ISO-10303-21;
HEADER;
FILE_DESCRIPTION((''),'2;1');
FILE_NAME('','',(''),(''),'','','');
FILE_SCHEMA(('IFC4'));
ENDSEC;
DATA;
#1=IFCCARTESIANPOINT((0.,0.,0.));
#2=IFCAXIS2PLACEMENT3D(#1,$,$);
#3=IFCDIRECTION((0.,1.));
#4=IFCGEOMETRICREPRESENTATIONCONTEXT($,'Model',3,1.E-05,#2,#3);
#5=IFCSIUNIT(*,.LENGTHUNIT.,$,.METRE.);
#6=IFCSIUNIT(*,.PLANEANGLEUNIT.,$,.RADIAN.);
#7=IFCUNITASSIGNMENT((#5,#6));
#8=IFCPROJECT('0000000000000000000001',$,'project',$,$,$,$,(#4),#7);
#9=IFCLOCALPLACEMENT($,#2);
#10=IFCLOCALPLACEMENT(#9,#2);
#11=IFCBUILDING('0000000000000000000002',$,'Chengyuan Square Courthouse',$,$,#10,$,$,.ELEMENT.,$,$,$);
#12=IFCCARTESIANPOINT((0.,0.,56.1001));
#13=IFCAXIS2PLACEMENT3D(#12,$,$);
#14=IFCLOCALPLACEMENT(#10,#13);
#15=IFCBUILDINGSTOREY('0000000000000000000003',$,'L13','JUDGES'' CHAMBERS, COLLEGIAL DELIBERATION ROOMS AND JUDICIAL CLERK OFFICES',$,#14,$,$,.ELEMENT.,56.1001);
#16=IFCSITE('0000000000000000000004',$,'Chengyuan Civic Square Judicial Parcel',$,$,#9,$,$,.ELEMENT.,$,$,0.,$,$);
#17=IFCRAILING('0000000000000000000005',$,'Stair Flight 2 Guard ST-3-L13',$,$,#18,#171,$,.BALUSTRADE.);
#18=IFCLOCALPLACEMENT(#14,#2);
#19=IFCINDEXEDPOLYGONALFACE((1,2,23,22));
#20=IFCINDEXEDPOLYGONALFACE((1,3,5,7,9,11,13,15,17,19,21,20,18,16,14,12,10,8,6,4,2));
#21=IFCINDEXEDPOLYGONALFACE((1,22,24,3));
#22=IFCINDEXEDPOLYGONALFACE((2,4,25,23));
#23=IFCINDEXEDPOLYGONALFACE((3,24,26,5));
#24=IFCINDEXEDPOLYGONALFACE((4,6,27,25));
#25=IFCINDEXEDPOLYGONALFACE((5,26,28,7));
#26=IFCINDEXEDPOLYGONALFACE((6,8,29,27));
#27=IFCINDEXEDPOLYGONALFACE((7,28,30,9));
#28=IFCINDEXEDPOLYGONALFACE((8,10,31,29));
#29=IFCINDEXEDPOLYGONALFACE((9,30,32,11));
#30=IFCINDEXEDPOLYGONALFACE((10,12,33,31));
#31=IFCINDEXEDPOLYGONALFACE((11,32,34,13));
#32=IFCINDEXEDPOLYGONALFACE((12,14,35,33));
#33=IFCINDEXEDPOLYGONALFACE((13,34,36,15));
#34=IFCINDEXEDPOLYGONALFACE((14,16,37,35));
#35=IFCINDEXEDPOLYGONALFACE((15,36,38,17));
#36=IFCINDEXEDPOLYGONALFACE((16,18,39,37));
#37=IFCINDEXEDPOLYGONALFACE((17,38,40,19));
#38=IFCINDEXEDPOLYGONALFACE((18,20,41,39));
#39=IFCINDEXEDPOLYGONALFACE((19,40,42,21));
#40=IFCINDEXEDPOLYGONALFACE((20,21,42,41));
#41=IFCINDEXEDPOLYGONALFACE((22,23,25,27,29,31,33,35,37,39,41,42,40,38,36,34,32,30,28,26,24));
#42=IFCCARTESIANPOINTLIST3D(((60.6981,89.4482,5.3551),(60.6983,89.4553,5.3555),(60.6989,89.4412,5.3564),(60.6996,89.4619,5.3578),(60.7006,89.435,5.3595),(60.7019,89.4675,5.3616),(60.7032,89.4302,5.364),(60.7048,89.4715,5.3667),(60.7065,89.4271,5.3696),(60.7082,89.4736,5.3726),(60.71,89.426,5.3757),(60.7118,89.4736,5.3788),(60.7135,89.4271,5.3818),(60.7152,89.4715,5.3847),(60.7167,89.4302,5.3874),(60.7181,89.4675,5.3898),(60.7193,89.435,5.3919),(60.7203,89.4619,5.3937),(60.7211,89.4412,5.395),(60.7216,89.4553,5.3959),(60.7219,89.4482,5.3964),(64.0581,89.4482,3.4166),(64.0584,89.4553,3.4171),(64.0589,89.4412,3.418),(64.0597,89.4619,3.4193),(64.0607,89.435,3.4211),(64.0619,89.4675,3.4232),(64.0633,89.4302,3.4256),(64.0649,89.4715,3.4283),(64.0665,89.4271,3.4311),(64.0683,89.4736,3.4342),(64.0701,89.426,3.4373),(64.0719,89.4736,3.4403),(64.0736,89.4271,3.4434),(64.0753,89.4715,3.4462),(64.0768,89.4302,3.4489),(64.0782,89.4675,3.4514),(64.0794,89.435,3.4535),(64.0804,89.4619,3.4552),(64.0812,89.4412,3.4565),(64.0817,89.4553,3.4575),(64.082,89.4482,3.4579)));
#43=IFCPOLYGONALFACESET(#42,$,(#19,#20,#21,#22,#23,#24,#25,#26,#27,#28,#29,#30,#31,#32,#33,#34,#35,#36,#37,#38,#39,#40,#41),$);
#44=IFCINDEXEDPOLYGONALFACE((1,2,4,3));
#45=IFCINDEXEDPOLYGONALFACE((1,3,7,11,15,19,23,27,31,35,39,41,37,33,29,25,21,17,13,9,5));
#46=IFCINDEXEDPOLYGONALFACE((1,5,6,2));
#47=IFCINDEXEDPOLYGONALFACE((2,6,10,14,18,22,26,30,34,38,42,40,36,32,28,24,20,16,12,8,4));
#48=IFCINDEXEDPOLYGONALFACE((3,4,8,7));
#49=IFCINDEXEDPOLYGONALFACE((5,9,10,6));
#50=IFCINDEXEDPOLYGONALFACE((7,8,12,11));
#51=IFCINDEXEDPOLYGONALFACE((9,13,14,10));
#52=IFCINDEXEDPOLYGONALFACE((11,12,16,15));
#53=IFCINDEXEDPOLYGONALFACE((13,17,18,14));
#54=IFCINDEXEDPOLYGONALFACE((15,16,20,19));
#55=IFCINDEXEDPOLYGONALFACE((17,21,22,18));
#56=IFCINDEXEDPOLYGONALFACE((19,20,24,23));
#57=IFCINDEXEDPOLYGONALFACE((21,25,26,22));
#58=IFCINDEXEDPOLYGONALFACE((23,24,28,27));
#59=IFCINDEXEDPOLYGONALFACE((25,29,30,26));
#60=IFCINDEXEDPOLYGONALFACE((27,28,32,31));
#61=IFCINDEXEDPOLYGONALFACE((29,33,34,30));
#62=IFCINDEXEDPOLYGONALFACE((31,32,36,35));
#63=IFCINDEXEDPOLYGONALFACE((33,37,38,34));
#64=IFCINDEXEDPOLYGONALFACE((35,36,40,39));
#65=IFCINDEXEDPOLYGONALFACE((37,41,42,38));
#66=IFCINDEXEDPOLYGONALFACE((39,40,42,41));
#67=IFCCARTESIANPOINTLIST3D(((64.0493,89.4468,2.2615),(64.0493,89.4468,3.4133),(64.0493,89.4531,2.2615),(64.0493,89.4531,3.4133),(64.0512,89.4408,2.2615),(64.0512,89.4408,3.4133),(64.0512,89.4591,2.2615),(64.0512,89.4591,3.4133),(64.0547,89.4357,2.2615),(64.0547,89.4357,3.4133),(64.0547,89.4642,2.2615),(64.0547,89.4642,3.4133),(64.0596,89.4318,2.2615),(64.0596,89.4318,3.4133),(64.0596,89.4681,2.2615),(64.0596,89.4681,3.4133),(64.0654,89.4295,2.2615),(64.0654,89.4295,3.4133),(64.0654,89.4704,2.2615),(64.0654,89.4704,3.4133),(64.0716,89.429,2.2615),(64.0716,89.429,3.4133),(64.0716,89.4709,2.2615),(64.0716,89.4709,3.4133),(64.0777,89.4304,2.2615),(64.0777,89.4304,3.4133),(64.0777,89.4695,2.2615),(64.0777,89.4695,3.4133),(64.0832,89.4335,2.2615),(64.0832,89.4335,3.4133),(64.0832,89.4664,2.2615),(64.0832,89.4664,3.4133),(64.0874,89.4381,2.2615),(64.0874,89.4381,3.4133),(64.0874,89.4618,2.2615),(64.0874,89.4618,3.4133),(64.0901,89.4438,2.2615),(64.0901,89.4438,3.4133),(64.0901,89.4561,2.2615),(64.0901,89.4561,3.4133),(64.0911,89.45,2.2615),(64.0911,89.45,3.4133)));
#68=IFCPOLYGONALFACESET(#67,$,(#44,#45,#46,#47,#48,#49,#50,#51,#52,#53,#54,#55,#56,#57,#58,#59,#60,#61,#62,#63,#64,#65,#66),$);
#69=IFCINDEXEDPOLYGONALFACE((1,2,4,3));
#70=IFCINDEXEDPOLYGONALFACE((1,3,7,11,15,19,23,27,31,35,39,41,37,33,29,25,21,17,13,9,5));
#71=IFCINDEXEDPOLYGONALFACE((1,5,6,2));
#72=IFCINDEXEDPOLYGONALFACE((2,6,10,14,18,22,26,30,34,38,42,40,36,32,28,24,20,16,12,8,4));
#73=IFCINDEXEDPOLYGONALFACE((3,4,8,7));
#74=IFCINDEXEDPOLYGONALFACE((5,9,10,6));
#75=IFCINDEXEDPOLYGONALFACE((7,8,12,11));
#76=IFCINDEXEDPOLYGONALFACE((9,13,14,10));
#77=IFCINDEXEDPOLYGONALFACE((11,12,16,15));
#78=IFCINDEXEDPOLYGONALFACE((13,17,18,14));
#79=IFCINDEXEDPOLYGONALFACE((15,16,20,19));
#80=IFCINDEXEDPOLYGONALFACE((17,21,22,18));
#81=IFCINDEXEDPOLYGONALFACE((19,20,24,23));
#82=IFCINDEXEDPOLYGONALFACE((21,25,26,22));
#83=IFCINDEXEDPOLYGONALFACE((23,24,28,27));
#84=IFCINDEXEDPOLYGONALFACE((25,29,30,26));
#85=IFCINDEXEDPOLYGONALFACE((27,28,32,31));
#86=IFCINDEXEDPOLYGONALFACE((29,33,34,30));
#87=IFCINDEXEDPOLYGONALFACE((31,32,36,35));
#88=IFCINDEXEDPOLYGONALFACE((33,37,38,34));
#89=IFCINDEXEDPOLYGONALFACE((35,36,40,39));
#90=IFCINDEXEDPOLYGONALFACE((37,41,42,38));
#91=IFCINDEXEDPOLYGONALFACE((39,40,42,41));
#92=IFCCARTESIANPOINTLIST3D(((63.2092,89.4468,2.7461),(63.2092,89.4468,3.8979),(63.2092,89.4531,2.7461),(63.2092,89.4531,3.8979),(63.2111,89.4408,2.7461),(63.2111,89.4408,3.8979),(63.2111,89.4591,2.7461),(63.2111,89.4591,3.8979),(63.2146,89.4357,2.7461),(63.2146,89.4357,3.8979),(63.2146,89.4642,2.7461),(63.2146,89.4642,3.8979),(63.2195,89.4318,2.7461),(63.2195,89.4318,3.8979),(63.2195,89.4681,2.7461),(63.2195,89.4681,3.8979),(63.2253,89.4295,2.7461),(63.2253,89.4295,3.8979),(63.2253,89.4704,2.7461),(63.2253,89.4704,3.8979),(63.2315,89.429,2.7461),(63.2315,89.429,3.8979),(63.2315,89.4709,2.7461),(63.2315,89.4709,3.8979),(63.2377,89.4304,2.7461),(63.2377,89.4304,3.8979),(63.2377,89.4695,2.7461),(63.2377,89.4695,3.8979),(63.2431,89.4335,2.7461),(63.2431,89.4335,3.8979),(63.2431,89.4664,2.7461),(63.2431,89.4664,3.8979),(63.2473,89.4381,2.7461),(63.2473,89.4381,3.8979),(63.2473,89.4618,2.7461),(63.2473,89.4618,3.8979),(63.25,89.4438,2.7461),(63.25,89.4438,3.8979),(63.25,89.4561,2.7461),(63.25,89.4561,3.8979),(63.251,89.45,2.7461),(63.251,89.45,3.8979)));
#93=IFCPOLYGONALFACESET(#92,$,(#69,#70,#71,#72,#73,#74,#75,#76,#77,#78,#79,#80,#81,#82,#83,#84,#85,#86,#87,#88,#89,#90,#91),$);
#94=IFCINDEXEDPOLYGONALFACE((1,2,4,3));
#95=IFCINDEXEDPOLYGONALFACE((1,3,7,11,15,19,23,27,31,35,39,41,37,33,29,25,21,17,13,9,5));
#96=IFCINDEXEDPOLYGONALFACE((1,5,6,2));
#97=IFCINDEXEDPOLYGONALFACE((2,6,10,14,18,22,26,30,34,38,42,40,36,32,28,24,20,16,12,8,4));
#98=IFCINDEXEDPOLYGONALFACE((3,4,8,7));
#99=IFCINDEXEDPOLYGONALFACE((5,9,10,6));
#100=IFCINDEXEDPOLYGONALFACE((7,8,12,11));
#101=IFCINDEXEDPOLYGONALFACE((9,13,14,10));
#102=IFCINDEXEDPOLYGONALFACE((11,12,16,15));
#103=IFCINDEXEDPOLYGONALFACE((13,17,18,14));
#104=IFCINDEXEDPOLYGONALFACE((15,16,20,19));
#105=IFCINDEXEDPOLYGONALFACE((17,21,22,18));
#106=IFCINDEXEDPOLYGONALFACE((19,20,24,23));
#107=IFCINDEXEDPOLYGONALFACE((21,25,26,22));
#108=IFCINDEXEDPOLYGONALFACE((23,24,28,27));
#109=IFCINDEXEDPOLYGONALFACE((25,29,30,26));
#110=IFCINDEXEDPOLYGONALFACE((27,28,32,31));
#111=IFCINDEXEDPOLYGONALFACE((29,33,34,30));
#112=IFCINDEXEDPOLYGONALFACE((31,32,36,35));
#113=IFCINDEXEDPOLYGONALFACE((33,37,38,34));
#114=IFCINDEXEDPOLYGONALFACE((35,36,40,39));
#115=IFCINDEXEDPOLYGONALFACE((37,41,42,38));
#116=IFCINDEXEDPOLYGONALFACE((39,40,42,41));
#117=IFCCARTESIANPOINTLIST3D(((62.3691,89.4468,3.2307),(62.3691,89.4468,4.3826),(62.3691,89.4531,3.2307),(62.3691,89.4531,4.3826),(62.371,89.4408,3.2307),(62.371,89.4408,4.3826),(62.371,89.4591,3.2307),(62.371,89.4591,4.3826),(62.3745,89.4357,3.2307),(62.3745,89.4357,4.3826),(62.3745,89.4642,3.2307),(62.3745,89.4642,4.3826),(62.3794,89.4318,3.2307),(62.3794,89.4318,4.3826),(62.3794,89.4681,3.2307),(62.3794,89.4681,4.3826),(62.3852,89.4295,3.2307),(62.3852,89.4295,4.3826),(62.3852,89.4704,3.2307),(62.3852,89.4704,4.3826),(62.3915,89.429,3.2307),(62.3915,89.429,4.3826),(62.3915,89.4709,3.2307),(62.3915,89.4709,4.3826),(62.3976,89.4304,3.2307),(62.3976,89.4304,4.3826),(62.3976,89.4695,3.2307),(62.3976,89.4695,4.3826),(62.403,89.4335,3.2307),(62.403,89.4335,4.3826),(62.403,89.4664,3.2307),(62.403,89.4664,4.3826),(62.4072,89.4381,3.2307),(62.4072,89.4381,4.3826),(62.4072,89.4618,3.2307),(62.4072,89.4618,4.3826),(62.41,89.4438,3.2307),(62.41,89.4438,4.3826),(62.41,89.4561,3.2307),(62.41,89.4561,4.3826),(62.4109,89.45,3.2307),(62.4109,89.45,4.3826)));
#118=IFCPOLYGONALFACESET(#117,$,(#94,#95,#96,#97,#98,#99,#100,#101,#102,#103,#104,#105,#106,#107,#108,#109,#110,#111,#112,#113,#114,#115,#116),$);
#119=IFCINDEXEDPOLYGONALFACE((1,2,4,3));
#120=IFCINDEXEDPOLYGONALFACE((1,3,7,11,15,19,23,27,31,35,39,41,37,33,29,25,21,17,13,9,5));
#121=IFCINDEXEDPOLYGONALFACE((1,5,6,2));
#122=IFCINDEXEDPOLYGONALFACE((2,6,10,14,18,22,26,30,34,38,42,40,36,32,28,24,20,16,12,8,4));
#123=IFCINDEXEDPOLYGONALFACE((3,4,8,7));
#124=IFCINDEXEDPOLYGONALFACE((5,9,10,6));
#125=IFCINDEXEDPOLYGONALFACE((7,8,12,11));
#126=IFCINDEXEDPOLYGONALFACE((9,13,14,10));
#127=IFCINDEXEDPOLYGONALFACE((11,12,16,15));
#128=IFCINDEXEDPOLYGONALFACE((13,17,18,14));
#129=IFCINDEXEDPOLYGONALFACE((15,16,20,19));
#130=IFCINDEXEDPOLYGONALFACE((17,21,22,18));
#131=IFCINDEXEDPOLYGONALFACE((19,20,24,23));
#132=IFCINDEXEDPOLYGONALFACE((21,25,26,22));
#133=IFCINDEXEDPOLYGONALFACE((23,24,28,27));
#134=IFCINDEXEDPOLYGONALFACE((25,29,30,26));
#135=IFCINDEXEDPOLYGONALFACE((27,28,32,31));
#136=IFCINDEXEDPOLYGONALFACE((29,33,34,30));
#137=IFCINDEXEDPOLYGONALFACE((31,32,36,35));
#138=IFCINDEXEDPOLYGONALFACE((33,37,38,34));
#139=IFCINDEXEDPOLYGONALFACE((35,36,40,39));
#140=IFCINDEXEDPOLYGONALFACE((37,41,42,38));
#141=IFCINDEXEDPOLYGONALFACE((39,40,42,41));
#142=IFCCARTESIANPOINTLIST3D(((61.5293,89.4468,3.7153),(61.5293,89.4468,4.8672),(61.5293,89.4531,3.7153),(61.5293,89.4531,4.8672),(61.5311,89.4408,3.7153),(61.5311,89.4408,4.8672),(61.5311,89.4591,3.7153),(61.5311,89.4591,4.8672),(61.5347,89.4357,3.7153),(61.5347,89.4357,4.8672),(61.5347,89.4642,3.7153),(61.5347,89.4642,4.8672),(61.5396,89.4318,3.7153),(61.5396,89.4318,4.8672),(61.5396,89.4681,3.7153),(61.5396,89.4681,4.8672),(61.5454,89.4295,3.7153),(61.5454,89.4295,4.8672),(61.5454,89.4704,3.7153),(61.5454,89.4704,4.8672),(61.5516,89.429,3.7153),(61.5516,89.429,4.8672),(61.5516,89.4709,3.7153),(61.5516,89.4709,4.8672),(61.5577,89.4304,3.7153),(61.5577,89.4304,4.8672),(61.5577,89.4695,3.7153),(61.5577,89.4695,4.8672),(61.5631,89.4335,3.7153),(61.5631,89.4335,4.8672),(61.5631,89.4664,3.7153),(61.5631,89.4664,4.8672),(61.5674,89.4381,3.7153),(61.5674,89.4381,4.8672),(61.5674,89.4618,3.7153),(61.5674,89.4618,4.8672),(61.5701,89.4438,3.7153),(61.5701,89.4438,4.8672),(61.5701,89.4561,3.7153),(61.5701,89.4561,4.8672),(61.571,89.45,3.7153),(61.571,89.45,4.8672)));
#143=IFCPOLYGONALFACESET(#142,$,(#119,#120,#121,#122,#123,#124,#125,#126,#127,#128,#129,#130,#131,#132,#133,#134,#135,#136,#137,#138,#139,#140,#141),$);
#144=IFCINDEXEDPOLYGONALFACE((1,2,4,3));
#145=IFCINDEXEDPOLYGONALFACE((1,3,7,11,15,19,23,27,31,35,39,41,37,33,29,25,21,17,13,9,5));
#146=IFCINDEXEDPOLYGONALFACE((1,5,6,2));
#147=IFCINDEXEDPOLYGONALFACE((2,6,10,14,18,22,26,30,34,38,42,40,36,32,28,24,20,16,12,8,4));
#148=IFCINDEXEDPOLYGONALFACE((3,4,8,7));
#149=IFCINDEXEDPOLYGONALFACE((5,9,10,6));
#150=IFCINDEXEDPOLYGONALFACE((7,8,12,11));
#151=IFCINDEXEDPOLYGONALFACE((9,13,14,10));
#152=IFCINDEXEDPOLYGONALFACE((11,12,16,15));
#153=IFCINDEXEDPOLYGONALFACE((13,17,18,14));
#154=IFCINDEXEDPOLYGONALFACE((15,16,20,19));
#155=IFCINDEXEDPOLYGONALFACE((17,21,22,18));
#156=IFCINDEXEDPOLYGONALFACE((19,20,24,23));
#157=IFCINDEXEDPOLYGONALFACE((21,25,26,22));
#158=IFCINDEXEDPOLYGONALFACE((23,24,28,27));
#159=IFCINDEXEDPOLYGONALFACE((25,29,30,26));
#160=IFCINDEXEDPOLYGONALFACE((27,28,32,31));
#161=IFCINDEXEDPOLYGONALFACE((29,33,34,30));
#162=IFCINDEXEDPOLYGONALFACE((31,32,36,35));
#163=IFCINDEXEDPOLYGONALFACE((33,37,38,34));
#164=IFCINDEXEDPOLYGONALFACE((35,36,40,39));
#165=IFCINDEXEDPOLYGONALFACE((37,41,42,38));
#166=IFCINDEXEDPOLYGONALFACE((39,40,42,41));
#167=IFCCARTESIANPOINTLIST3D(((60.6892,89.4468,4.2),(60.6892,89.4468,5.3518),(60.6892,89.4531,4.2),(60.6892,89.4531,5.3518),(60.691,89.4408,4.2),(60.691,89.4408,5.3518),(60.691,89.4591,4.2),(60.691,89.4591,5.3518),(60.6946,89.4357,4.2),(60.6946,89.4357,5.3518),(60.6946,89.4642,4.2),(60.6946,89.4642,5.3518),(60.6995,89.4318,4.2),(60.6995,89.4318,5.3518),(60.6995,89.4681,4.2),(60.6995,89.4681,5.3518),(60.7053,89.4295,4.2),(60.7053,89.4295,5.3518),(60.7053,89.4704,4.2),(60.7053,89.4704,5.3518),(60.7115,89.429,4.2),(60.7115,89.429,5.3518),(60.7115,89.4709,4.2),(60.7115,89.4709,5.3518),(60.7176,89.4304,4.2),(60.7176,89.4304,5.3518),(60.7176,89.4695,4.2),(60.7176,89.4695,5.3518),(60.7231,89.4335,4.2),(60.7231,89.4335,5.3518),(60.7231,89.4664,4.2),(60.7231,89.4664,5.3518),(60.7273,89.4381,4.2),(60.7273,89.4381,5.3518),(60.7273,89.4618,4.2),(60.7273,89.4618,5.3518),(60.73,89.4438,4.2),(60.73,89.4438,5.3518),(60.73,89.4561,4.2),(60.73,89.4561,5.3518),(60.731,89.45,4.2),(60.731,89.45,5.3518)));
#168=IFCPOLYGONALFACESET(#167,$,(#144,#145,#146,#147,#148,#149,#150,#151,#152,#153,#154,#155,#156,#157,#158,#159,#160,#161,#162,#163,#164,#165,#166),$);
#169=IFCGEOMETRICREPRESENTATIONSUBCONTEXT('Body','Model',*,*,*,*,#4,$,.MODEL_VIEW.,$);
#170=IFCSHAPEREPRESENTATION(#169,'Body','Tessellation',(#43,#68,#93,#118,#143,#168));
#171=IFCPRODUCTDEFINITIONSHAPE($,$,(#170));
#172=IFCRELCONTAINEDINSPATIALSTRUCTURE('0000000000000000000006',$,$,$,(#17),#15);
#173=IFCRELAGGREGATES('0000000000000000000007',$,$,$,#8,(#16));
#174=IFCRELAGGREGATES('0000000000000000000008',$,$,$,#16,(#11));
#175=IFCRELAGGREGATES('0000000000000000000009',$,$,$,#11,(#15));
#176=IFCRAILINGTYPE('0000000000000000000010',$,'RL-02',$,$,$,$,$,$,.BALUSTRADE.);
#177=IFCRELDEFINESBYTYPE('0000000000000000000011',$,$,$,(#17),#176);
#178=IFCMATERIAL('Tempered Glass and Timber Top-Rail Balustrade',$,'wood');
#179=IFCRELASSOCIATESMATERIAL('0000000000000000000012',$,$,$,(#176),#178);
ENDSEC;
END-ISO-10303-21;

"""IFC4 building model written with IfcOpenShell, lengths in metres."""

from ifc_helpers import new_model, si_unit, direction, frame, origin, origin_2d, place, context, subcontext, project, spatial, circle, extrude, material, type_object, element, save


model = new_model("IFC4")

# Units and contexts
model_context = context("Model", 3, precision=1e-05, world=origin(), true_north=direction((0.0, 1.0)))
body_context = subcontext(model_context, "Body", "Model", "MODEL_VIEW")
ifc_project = project(units=[si_unit("LENGTHUNIT", "METRE"), si_unit("PLANEANGLEUNIT", "RADIAN")], contexts=[model_context])

# Site, building, storey
site_placement = place(None, origin())
site = spatial("IfcSite", under=ifc_project, at=site_placement, Name="Chengyuan Civic Square Judicial Parcel", CompositionType="ELEMENT", RefElevation=0.0)
building_placement = place(site_placement, origin())
building = spatial("IfcBuilding", under=site, at=building_placement, Name="Chengyuan Square Courthouse", CompositionType="ELEMENT")
storey_placement = place(building_placement, frame((0.0, 0.0, 56.1001)))
storey = spatial("IfcBuildingStorey", under=building, at=storey_placement, Name="L13", Description="JUDGES' CHAMBERS, COLLEGIAL DELIBERATION ROOMS AND JUDICIAL CLERK OFFICES", CompositionType="ELEMENT", Elevation=56.1001)

# Railing
ifc_material_1 = material(Name="Tempered Glass and Timber Top-Rail Balustrade", Category="wood")
railing_type_1 = type_object("IfcRailingType", Name="RL-02", PredefinedType="BALUSTRADE", material=ifc_material_1)
railing_1_placement = place(storey_placement, frame((64.0701, 89.45, 2.2615)))
element("IfcRailing", 1, at=railing_1_placement, inside=storey, type_object=railing_type_1, Name="Stair Flight 2 Guard ST-3-L13", PredefinedType="BALUSTRADE", context=body_context, shape_type="SweptSolid", body=[
    extrude(circle(Radius=0.0239, at=origin_2d()), frame((0.0, 0.0, 1.1758), z_axis=(-0.866191, 0.0, 0.499713), x_axis=(0.0, -1.0, 0.0)), (0.0, 0.0, 1.0), 3.8792),
    extrude(circle(Radius=0.021, at=origin_2d()), origin(), (0.0, 0.0, 1.0), 1.1519),
    extrude(circle(Radius=0.021, at=origin_2d()), frame((-0.8401, 0.0, 0.4846)), (0.0, 0.0, 1.0), 1.1519),
    extrude(circle(Radius=0.021, at=origin_2d()), frame((-1.6802, 0.0, 0.9692)), (0.0, 0.0, 1.0), 1.1519),
    extrude(circle(Radius=0.021, at=origin_2d()), frame((-2.52, 0.0, 1.4539)), (0.0, 0.0, 1.0), 1.1519),
    extrude(circle(Radius=0.021, at=origin_2d()), frame((-3.3601, 0.0, 1.9385)), (0.0, 0.0, 1.0), 1.1519),
])

save(model, "model.ifc")
